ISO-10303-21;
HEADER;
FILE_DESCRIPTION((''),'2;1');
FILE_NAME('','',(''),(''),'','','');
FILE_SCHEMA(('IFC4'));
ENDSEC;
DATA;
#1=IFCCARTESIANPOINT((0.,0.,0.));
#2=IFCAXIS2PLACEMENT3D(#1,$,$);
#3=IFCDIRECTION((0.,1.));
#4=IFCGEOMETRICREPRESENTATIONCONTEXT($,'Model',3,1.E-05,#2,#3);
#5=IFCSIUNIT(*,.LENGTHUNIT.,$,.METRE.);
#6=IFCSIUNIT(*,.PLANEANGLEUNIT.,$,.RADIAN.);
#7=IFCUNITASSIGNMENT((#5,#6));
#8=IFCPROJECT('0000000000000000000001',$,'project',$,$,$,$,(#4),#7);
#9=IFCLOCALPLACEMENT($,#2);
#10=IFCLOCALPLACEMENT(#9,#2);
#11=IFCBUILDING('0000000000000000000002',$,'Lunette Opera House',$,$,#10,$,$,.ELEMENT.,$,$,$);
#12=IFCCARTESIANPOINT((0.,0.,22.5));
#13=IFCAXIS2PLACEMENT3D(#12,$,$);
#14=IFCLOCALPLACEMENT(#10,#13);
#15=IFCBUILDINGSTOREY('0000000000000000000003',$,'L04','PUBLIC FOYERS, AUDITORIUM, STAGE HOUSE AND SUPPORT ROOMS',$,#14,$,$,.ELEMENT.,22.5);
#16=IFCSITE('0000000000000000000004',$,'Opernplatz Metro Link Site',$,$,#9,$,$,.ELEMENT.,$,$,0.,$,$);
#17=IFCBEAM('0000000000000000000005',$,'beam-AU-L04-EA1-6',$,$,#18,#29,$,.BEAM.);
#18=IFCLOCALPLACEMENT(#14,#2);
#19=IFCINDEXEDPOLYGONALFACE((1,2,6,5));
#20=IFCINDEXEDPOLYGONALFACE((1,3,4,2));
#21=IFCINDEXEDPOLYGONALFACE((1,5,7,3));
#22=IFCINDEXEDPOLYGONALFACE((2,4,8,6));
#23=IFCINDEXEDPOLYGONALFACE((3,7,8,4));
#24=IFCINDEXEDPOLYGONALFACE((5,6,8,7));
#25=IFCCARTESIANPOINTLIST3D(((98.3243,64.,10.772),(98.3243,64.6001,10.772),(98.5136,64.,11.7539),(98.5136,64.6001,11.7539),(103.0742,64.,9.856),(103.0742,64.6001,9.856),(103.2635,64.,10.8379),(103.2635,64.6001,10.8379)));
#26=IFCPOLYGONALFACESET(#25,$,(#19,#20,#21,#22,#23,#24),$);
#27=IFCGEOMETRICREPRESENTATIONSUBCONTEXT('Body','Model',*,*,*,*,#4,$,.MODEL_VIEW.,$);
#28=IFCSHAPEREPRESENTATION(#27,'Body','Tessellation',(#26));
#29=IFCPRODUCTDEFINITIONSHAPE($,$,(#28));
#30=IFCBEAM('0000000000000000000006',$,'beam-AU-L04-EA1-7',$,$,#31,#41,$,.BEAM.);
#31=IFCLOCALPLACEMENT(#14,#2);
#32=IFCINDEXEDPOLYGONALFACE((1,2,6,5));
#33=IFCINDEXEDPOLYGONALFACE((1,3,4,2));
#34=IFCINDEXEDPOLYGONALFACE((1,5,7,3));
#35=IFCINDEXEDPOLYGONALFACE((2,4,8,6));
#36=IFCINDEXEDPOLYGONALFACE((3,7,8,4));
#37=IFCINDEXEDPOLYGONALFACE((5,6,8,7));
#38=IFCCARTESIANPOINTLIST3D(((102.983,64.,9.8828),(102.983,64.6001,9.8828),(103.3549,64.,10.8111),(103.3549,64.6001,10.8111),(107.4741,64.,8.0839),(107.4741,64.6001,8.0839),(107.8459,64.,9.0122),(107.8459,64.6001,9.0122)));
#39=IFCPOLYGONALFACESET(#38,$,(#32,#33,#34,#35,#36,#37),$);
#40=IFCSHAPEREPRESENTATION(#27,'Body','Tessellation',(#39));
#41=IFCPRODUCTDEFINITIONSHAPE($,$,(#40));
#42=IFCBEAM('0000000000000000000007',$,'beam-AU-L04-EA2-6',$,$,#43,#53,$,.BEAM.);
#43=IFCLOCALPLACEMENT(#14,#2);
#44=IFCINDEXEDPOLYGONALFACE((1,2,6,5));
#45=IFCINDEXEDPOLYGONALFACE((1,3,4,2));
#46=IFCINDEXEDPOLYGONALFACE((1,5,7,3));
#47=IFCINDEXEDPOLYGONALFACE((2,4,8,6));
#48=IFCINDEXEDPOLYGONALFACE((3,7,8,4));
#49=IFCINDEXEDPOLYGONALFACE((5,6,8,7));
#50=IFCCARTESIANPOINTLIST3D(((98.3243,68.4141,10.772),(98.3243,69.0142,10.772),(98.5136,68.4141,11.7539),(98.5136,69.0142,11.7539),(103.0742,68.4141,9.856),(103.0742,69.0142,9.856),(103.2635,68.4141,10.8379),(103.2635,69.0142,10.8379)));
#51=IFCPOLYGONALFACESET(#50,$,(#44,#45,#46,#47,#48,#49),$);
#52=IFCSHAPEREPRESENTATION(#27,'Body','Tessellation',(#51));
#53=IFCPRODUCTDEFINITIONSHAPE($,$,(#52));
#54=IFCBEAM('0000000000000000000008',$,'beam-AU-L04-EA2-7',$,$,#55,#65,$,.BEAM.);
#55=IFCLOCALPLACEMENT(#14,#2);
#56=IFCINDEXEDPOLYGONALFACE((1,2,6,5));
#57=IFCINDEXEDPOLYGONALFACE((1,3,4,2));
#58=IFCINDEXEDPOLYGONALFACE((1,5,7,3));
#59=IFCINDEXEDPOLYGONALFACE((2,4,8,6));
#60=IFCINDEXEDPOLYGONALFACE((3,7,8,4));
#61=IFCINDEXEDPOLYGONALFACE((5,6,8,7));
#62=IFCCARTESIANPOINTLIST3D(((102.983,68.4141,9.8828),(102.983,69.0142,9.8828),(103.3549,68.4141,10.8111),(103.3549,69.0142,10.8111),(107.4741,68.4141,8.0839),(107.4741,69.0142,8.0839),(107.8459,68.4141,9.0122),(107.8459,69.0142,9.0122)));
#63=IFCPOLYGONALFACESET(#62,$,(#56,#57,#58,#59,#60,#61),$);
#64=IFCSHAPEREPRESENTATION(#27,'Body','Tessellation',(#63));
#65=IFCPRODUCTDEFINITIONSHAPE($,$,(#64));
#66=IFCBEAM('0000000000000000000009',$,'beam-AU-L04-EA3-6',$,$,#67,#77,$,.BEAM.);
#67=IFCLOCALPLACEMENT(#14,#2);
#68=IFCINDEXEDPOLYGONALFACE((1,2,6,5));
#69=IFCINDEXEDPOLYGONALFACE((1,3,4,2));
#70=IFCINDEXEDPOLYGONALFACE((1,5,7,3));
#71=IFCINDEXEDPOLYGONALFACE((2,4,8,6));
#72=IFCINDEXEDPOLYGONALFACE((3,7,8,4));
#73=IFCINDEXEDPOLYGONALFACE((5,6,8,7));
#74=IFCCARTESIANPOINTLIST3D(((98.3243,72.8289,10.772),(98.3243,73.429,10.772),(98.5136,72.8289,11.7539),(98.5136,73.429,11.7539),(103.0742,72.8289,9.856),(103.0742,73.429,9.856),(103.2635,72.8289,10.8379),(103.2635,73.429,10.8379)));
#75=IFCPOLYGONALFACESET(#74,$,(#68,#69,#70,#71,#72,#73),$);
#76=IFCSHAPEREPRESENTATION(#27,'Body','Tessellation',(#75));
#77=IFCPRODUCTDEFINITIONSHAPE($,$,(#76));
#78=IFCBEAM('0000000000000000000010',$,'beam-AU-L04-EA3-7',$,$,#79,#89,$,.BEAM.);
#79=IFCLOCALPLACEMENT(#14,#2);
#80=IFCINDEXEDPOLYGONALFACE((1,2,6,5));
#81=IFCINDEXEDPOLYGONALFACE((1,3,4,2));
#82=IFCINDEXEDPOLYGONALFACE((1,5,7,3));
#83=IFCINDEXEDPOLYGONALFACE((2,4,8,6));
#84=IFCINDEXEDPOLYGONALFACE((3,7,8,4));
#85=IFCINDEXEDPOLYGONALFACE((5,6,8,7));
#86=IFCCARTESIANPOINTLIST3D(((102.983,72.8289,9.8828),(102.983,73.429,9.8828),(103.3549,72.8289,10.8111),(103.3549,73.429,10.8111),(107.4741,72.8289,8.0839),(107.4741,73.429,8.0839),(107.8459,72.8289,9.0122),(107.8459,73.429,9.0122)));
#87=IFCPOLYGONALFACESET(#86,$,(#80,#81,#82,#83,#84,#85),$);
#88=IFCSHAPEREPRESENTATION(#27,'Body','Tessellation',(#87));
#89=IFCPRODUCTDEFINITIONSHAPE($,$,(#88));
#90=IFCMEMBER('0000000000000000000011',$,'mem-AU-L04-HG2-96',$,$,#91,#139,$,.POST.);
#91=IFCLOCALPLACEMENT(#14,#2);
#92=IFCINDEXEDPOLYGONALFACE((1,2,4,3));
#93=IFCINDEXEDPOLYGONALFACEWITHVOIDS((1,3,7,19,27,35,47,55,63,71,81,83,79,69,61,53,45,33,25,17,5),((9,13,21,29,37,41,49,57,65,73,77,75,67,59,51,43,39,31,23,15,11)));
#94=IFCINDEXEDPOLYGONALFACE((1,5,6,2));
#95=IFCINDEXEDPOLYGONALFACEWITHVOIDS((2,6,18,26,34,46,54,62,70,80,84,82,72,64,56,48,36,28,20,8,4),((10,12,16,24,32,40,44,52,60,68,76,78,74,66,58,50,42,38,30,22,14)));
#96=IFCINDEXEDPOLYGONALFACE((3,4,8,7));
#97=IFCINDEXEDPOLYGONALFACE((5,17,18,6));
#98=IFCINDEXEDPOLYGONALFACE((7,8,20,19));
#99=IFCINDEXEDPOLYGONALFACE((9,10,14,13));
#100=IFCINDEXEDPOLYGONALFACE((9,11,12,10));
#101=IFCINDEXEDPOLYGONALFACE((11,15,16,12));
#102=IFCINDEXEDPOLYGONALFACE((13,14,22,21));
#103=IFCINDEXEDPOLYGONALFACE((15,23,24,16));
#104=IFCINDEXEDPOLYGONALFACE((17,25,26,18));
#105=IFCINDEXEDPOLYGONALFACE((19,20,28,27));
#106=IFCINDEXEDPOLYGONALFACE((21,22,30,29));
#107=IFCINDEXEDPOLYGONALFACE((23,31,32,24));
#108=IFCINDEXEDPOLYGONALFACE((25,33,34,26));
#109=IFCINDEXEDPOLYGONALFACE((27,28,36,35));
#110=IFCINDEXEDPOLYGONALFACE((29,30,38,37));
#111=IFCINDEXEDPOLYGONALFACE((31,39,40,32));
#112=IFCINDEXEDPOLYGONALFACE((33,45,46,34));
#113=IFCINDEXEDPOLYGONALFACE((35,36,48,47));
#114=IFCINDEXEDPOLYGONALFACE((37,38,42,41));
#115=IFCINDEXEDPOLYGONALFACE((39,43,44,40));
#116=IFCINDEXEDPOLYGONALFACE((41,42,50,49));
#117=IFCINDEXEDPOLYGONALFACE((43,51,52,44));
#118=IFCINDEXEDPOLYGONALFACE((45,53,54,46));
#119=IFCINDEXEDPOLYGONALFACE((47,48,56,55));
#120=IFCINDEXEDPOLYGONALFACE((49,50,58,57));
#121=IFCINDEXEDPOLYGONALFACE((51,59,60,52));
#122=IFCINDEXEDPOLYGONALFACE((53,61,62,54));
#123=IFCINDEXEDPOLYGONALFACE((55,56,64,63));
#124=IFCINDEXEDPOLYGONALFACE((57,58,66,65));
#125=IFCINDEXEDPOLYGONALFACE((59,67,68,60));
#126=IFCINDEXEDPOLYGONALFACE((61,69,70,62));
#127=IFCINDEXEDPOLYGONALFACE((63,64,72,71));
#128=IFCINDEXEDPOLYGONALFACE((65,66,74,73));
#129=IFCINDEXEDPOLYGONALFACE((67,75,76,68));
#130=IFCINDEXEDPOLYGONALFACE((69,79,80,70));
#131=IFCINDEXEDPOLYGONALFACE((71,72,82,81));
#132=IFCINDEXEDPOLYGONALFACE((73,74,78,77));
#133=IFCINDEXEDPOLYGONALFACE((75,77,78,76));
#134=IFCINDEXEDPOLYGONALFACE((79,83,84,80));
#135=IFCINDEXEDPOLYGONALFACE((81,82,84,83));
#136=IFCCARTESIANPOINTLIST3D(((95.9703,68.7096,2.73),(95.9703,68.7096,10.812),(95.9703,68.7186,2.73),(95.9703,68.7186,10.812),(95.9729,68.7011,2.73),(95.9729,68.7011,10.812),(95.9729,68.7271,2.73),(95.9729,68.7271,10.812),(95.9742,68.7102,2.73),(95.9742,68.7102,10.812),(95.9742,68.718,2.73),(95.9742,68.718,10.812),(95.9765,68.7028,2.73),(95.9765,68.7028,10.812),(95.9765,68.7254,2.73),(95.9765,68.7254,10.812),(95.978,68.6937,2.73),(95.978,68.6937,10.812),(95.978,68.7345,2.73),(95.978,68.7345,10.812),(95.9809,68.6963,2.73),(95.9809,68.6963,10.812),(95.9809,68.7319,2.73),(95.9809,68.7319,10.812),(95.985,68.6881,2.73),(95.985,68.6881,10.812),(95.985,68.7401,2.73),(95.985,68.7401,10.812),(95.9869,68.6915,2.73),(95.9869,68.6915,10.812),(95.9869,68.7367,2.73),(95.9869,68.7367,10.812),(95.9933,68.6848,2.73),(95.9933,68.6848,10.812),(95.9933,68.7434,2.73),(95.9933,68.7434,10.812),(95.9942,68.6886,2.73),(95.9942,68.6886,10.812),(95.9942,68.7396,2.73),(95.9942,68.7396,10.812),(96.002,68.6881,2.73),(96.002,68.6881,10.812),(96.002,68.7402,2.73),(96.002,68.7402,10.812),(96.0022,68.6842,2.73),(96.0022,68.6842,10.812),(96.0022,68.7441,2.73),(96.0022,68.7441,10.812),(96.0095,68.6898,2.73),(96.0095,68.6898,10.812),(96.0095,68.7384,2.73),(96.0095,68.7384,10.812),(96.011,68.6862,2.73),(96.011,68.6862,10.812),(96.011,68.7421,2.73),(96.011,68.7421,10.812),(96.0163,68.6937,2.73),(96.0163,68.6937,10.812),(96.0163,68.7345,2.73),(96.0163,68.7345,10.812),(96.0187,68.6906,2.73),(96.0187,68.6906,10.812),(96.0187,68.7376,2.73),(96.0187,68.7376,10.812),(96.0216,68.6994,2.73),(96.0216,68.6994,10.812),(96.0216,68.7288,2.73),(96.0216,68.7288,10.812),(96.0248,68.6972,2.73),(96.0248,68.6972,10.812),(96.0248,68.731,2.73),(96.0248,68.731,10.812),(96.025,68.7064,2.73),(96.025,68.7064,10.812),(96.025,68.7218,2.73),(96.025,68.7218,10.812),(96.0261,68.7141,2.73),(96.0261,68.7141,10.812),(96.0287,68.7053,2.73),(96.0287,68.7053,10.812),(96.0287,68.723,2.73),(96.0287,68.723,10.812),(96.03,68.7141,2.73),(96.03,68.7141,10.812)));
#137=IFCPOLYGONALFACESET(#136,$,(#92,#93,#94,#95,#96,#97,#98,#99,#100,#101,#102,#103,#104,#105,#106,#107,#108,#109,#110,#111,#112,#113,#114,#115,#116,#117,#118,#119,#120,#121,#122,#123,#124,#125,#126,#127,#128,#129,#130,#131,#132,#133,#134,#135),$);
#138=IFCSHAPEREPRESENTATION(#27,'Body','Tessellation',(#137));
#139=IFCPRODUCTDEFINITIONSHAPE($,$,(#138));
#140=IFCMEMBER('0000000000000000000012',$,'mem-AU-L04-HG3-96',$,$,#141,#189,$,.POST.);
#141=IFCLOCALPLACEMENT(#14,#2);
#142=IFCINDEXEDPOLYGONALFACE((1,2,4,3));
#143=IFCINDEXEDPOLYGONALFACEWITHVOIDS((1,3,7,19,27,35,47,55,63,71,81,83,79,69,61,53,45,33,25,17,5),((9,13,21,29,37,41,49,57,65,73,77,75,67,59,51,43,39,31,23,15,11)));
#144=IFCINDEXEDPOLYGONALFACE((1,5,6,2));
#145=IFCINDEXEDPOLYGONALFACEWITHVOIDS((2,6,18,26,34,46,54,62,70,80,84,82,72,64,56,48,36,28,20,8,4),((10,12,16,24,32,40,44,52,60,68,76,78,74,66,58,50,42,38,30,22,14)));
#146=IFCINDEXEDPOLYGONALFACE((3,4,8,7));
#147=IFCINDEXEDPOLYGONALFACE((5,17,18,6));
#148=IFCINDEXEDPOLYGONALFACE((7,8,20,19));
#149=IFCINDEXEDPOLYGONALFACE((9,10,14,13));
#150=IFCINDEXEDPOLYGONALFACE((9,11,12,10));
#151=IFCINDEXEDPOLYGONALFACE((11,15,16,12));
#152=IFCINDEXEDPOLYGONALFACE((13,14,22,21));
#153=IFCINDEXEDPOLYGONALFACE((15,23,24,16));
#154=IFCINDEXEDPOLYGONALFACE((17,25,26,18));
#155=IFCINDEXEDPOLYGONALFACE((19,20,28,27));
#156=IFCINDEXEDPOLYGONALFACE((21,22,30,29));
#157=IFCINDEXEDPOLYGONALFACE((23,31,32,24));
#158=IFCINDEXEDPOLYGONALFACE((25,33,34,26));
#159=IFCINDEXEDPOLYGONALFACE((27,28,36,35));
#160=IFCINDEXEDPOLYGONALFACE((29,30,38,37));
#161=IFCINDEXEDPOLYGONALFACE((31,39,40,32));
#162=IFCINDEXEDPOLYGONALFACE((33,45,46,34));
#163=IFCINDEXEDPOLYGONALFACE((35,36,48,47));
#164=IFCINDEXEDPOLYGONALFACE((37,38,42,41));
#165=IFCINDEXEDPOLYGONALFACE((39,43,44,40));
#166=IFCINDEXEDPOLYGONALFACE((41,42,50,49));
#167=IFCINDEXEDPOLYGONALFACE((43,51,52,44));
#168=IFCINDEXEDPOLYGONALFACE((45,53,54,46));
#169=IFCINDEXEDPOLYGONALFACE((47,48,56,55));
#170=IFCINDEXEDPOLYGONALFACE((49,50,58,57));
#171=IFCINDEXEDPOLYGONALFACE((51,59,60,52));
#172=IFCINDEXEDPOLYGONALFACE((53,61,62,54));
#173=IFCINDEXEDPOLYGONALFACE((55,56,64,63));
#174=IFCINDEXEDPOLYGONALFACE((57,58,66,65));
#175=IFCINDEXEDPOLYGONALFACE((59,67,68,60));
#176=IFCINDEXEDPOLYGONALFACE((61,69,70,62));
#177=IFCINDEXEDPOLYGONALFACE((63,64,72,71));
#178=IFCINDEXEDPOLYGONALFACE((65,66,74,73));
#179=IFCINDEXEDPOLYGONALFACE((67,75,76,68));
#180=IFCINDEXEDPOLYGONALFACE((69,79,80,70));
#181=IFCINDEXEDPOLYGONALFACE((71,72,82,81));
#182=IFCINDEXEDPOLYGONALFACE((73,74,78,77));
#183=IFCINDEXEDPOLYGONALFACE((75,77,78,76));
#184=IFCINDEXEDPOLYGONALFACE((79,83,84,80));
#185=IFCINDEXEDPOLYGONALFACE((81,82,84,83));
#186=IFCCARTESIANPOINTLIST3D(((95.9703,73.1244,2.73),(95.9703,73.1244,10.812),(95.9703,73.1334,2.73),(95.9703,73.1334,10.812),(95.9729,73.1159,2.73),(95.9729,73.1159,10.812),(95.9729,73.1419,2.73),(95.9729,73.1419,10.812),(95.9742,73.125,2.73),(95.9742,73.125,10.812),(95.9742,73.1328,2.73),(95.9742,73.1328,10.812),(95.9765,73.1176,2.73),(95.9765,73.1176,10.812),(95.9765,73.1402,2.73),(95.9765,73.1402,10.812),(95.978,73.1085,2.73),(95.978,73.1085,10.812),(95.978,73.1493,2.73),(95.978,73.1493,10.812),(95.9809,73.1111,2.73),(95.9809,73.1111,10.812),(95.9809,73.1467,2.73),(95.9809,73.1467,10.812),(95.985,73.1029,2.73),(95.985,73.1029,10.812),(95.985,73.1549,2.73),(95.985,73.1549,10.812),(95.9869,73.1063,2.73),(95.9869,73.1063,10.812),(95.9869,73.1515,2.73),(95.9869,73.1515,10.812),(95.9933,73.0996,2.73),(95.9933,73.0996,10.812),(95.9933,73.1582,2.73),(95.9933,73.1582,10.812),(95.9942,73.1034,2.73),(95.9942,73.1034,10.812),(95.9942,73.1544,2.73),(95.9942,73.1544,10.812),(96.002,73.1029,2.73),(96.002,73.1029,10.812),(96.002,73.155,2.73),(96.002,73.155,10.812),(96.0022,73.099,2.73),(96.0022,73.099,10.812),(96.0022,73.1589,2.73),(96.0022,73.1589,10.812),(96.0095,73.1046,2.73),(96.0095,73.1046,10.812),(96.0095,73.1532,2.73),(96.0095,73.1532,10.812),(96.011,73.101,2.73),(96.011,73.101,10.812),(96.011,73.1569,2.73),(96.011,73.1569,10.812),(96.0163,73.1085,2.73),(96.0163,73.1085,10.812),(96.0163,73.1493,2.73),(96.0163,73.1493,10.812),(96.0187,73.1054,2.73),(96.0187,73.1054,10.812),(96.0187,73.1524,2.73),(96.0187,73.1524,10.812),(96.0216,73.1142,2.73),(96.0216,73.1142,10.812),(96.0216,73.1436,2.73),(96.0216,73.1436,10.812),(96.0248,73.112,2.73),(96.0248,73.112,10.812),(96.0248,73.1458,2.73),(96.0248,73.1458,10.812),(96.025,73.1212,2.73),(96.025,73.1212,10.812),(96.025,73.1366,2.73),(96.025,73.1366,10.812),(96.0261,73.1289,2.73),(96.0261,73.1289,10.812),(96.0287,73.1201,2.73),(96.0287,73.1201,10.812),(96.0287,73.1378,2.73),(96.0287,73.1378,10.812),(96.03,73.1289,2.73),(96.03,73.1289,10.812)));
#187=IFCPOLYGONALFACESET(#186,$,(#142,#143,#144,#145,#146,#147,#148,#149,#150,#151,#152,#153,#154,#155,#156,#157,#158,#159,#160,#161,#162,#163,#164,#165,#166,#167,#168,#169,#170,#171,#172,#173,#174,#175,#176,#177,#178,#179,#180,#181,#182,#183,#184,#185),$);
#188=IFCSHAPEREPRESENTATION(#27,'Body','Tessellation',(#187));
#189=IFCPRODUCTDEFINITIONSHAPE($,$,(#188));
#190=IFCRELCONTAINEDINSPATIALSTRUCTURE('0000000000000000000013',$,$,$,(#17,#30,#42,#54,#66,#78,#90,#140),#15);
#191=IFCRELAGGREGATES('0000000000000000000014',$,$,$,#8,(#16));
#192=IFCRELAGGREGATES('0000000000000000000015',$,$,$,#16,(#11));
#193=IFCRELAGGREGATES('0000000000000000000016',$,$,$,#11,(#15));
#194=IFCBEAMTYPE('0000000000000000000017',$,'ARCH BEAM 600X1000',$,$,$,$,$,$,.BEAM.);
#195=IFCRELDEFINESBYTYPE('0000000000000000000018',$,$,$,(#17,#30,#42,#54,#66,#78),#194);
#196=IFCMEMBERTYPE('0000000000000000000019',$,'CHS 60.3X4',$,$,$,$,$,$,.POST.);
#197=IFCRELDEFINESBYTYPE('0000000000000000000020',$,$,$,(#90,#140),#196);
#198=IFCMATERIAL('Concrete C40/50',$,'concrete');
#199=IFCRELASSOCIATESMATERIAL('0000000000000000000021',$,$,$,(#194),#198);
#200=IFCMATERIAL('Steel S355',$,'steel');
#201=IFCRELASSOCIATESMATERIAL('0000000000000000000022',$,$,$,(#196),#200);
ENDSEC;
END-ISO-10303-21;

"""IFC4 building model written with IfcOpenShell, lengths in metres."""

from ifc_helpers import new_model, si_unit, direction, frame, origin, origin_2d, place, context, subcontext, project, spatial, rectangle, hollow_circle, extrude, material, material_profile, profile_set, type_object, element, save


model = new_model("IFC4")

# Units and contexts
model_context = context("Model", 3, precision=1e-05, world=origin(), true_north=direction((0.0, 1.0)))
body_context = subcontext(model_context, "Body", "Model", "MODEL_VIEW")
ifc_project = project(units=[si_unit("LENGTHUNIT", "METRE"), si_unit("PLANEANGLEUNIT", "RADIAN")], contexts=[model_context])

# Site, building, storey
site_placement = place(None, origin())
site = spatial("IfcSite", under=ifc_project, at=site_placement, Name="Opernplatz Metro Link Site", CompositionType="ELEMENT", RefElevation=0.0)
building_placement = place(site_placement, origin())
building = spatial("IfcBuilding", under=site, at=building_placement, Name="Lunette Opera House", CompositionType="ELEMENT")
storey_placement = place(building_placement, frame((0.0, 0.0, 22.5)))
storey = spatial("IfcBuildingStorey", under=building, at=storey_placement, Name="L04", Description="PUBLIC FOYERS, AUDITORIUM, STAGE HOUSE AND SUPPORT ROOMS", CompositionType="ELEMENT", Elevation=22.5)

# Beams
ifc_material_1 = material(Name="Concrete C40/50", Category="concrete")
ifc_material_profile_1 = material_profile(ifc_material_1, rectangle(XDim=0.6001, YDim=1.0, at=origin_2d()), Name="ARCH BEAM 600X1000")
ifc_profile_set_1 = profile_set([ifc_material_profile_1], Name="Concrete C40/50")
beam_type_1 = type_object("IfcBeamType", Name="ARCH BEAM 600X1000", PredefinedType="BEAM", material=ifc_profile_set_1)
beam_1_placement = place(storey_placement, frame((98.4189, 64.3, 11.2629), z_axis=(0.981908, 0.0, -0.189357), x_axis=(0.0, 1.0, 0.0)))
element("IfcBeam", 1, at=beam_1_placement, inside=storey, type_object=beam_type_1, Name="beam-AU-L04-EA1-6", PredefinedType="BEAM", context=body_context, shape_type="SweptSolid", body=[
    extrude(rectangle(XDim=0.6001, YDim=1.0, at=origin_2d()), origin(), (0.0, 0.0, 1.0), 4.8374),
])
beam_2_placement = place(storey_placement, frame((103.1689, 64.3, 10.3469), z_axis=(0.928303, 0.0, -0.371826), x_axis=(0.0, 1.0, 0.0)))
element("IfcBeam", 2, at=beam_2_placement, inside=storey, type_object=beam_type_1, Name="beam-AU-L04-EA1-7", PredefinedType="BEAM", context=body_context, shape_type="SweptSolid", body=[
    extrude(rectangle(XDim=0.6001, YDim=1.0, at=origin_2d()), origin(), (0.0, 0.0, 1.0), 4.8379),
])
beam_3_placement = place(storey_placement, frame((98.4189, 68.7141, 11.2629), z_axis=(0.981908, 0.0, -0.189357), x_axis=(0.0, 1.0, 0.0)))
element("IfcBeam", 3, at=beam_3_placement, inside=storey, type_object=beam_type_1, Name="beam-AU-L04-EA2-6", PredefinedType="BEAM", context=body_context, shape_type="SweptSolid", body=[
    extrude(rectangle(XDim=0.6001, YDim=1.0, at=origin_2d()), origin(), (0.0, 0.0, 1.0), 4.8374),
])
beam_4_placement = place(storey_placement, frame((103.1689, 68.7141, 10.3469), z_axis=(0.928303, 0.0, -0.371826), x_axis=(0.0, 1.0, 0.0)))
element("IfcBeam", 4, at=beam_4_placement, inside=storey, type_object=beam_type_1, Name="beam-AU-L04-EA2-7", PredefinedType="BEAM", context=body_context, shape_type="SweptSolid", body=[
    extrude(rectangle(XDim=0.6001, YDim=1.0, at=origin_2d()), origin(), (0.0, 0.0, 1.0), 4.8379),
])
beam_5_placement = place(storey_placement, frame((98.4189, 73.1289, 11.2629), z_axis=(0.981908, 0.0, -0.189357), x_axis=(0.0, 1.0, 0.0)))
element("IfcBeam", 5, at=beam_5_placement, inside=storey, type_object=beam_type_1, Name="beam-AU-L04-EA3-6", PredefinedType="BEAM", context=body_context, shape_type="SweptSolid", body=[
    extrude(rectangle(XDim=0.6001, YDim=1.0, at=origin_2d()), origin(), (0.0, 0.0, 1.0), 4.8374),
])
beam_6_placement = place(storey_placement, frame((103.1689, 73.1289, 10.3469), z_axis=(0.928303, 0.0, -0.371826), x_axis=(0.0, 1.0, 0.0)))
element("IfcBeam", 6, at=beam_6_placement, inside=storey, type_object=beam_type_1, Name="beam-AU-L04-EA3-7", PredefinedType="BEAM", context=body_context, shape_type="SweptSolid", body=[
    extrude(rectangle(XDim=0.6001, YDim=1.0, at=origin_2d()), origin(), (0.0, 0.0, 1.0), 4.8379),
])

# Members
ifc_material_2 = material(Name="Steel S355", Category="steel")
ifc_material_profile_2 = material_profile(ifc_material_2, hollow_circle(Radius=0.03, WallThickness=0.0039, at=origin_2d()), Name="CHS 60.3X4")
ifc_profile_set_2 = profile_set([ifc_material_profile_2], Name="Steel S355")
member_type = type_object("IfcMemberType", Name="CHS 60.3X4", PredefinedType="POST", material=ifc_profile_set_2)
for number, where, z_axis, x_axis, name in (
    (7, (96.0, 68.7141, 2.73), (0.0, 0.0, 1.0), (1.0, 0.0, 0.0), "mem-AU-L04-HG2-96"),
    (8, (96.0, 73.1289, 2.73), (0.0, 0.0, 1.0), (1.0, 0.0, 0.0), "mem-AU-L04-HG3-96"),
):
    element("IfcMember", number, at=place(storey_placement, frame(where, z_axis=z_axis, x_axis=x_axis)), inside=storey, type_object=member_type, Name=name, PredefinedType="POST", context=body_context, shape_type="SweptSolid", body=[
        extrude(hollow_circle(Radius=0.03, WallThickness=0.0039, at=origin_2d()), origin(), (0.0, 0.0, 1.0), 8.082),
    ])

save(model, "model.ifc")
